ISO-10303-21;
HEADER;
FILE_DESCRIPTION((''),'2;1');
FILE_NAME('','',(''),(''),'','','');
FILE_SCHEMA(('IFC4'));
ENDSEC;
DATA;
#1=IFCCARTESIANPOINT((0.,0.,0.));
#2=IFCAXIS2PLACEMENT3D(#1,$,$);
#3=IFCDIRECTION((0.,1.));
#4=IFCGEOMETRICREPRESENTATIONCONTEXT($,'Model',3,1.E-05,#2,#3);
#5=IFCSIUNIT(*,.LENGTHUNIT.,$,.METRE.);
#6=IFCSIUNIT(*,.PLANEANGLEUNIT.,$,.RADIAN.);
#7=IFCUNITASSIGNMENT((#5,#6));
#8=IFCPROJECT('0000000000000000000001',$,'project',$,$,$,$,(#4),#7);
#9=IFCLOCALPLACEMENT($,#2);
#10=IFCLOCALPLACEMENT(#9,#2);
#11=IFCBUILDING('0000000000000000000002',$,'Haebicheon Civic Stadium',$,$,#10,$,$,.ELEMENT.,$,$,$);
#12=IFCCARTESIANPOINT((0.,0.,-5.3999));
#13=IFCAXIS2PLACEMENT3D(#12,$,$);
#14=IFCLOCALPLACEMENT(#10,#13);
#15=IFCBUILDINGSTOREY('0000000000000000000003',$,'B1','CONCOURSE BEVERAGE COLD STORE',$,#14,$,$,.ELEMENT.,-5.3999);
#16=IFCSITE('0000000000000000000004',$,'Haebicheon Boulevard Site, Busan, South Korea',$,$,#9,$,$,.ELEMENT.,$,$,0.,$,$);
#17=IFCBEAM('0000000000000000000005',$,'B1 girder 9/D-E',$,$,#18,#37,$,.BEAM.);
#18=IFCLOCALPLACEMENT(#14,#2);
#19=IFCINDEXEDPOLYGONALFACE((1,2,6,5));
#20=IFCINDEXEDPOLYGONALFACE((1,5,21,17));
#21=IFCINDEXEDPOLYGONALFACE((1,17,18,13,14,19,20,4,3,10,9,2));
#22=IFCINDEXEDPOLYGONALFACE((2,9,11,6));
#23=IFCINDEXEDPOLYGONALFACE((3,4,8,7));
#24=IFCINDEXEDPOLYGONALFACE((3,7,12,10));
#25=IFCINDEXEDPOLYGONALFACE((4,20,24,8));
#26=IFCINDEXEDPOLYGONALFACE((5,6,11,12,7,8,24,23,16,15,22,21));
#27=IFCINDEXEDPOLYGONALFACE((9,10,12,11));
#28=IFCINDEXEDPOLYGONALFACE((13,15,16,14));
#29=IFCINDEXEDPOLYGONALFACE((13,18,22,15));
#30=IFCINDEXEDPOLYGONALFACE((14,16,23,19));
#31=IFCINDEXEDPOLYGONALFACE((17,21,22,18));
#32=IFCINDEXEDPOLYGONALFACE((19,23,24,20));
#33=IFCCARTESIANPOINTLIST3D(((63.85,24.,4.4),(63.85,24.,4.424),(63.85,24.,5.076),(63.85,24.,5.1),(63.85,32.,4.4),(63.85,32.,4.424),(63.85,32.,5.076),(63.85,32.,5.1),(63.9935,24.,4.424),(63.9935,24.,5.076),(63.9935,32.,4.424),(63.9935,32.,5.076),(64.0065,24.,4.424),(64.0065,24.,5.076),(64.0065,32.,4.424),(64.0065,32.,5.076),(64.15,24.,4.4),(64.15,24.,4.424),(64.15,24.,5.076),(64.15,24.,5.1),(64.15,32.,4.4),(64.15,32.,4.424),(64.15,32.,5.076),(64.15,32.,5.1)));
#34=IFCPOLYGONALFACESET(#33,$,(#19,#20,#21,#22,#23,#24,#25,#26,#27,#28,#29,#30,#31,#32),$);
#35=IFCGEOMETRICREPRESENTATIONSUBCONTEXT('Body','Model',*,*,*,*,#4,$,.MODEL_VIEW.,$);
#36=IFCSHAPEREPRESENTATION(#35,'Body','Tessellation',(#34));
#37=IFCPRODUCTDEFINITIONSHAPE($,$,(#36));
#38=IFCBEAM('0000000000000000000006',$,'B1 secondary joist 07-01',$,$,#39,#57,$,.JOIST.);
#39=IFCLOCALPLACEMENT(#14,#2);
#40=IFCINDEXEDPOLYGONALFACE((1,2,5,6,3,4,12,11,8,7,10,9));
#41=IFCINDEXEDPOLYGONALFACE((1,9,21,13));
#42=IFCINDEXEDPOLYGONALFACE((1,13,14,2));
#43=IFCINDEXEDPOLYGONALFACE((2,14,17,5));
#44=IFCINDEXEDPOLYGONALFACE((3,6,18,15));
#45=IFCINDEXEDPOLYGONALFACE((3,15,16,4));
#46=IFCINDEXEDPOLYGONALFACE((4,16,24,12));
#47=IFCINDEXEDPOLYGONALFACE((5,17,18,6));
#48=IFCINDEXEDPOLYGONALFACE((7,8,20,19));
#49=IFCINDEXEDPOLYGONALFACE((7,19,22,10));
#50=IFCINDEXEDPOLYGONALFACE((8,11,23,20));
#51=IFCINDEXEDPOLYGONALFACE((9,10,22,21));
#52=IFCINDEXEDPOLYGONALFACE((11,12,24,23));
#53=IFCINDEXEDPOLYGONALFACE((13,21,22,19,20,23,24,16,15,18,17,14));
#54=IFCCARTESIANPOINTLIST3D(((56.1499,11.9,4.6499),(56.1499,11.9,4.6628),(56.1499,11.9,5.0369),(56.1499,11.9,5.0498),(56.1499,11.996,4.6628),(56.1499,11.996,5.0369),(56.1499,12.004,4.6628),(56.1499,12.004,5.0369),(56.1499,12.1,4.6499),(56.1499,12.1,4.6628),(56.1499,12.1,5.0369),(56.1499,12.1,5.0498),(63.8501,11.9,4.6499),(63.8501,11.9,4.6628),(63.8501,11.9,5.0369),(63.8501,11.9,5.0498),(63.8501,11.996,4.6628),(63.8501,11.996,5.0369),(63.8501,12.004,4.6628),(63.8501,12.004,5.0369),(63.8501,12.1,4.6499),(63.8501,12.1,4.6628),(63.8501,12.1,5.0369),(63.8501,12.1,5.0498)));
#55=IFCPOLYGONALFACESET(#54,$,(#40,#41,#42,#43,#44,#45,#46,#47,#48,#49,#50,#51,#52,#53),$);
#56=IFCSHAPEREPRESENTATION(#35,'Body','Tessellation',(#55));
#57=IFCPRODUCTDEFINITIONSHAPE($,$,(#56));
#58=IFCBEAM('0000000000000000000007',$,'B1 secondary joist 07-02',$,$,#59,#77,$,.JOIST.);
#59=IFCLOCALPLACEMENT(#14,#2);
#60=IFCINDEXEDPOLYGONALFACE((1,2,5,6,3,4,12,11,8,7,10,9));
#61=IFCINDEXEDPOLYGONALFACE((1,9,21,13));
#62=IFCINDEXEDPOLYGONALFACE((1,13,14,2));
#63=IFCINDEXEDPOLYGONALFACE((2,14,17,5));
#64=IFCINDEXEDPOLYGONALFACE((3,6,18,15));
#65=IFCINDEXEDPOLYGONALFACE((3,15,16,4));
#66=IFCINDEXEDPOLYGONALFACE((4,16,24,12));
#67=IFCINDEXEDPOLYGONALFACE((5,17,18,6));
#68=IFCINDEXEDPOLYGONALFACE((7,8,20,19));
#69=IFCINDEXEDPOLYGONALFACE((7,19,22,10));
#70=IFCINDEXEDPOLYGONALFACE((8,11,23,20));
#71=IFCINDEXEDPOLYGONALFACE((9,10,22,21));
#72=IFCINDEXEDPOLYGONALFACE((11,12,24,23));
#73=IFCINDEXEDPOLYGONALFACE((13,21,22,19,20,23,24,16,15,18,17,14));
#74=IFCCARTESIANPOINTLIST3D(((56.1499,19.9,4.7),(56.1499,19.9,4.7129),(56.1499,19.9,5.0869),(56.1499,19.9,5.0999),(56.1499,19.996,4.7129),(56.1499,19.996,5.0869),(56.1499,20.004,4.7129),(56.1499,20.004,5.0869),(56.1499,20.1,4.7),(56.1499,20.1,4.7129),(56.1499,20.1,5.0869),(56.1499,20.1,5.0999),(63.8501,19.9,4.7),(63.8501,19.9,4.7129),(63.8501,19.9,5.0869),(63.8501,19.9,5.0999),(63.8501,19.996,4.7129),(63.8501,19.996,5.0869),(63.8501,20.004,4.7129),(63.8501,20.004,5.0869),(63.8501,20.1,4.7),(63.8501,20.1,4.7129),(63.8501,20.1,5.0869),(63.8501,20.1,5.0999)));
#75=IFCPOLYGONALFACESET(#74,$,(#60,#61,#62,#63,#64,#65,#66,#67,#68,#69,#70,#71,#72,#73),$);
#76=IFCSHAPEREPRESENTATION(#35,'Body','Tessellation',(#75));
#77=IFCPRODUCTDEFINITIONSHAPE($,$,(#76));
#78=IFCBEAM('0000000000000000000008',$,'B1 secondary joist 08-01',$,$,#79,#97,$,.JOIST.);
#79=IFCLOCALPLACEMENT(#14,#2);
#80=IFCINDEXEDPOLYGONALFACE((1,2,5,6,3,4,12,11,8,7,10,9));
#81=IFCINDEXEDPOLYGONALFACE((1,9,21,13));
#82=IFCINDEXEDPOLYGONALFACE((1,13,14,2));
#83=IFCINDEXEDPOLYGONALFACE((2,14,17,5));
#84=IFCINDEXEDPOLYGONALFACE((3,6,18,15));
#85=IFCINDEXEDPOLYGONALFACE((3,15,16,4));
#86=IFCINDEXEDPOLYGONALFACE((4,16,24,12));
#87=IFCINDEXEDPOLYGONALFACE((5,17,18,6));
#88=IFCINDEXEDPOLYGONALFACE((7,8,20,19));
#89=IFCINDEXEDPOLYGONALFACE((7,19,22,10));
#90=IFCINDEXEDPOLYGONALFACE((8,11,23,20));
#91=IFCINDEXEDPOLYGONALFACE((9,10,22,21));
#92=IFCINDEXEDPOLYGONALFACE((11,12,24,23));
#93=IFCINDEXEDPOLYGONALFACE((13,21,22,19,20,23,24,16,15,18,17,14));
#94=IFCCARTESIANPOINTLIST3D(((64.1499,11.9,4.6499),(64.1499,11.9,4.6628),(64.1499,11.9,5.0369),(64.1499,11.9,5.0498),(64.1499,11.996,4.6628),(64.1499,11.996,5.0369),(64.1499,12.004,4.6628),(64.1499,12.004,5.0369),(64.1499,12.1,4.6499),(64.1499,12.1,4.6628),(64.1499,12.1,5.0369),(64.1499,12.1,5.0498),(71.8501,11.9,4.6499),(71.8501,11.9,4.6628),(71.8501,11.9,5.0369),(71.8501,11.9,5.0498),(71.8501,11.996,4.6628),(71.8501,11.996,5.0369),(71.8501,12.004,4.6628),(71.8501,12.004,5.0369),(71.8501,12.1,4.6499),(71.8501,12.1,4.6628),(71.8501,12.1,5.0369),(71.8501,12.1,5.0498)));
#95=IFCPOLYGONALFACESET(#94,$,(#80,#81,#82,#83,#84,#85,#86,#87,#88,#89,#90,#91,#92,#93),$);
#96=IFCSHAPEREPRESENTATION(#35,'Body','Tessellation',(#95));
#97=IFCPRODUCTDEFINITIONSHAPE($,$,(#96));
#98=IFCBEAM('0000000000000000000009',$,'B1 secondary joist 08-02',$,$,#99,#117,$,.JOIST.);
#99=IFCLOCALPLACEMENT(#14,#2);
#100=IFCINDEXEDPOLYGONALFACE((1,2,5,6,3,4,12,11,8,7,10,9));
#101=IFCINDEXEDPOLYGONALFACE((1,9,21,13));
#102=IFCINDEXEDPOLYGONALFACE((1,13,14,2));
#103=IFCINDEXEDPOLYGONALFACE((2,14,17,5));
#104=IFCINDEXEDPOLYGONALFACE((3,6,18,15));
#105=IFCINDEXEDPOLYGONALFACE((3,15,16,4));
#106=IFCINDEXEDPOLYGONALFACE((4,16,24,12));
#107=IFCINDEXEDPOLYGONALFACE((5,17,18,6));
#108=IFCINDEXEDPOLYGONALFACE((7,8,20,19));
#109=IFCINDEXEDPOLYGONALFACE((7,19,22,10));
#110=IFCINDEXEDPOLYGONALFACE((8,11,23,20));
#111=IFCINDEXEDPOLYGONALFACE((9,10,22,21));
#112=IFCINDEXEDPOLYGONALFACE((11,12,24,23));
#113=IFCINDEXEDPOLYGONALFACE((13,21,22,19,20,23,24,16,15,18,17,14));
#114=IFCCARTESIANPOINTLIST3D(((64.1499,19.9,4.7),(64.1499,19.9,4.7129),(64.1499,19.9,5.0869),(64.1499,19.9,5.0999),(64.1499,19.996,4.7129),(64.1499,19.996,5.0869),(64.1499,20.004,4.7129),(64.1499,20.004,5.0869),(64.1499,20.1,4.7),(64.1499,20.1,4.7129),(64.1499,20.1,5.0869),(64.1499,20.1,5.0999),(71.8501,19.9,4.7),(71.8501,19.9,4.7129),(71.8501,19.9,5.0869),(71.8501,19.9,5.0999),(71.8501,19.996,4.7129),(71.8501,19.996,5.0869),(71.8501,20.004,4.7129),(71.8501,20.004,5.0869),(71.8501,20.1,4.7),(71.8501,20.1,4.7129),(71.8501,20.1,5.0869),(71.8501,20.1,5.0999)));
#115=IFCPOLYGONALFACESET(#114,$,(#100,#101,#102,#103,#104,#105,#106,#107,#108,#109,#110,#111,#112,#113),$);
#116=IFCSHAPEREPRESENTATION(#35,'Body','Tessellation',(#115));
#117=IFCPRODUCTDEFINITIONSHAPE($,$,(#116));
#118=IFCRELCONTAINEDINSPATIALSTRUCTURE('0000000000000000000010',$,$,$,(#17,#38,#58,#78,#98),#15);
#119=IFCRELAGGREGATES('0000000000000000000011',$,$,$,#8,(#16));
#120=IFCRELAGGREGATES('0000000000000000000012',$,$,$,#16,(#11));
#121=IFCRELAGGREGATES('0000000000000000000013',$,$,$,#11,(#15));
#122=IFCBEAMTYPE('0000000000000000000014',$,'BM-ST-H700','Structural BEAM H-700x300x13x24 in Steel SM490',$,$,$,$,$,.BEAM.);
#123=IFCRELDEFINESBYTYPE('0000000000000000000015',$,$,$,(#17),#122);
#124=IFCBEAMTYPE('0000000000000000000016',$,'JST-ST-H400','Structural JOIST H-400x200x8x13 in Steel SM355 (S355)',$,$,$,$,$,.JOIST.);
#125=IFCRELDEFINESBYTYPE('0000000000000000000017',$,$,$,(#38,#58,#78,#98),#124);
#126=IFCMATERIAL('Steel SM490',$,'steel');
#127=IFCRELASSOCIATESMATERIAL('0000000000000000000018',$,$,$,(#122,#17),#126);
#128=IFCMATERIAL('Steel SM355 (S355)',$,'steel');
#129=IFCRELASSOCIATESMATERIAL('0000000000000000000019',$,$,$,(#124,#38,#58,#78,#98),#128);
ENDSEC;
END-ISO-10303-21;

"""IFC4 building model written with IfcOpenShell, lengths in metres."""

from ifc_helpers import new_model, si_unit, direction, frame, origin, origin_2d, place, context, subcontext, project, spatial, i_section, extrude, material, material_profile, profile_set, type_object, element, save


model = new_model("IFC4")

# Units and contexts
model_context = context("Model", 3, precision=1e-05, world=origin(), true_north=direction((0.0, 1.0)))
body_context = subcontext(model_context, "Body", "Model", "MODEL_VIEW")
ifc_project = project(units=[si_unit("LENGTHUNIT", "METRE"), si_unit("PLANEANGLEUNIT", "RADIAN")], contexts=[model_context])

# Site, building, storey
site_placement = place(None, origin())
site = spatial("IfcSite", under=ifc_project, at=site_placement, Name="Haebicheon Boulevard Site, Busan, South Korea", CompositionType="ELEMENT", RefElevation=0.0)
building_placement = place(site_placement, origin())
building = spatial("IfcBuilding", under=site, at=building_placement, Name="Haebicheon Civic Stadium", CompositionType="ELEMENT")
storey_placement = place(building_placement, frame((0.0, 0.0, -5.3999)))
storey = spatial("IfcBuildingStorey", under=building, at=storey_placement, Name="B1", Description="CONCOURSE BEVERAGE COLD STORE", CompositionType="ELEMENT", Elevation=-5.3999)

# Beams
ifc_material_1 = material(Name="Steel SM490", Category="steel")
ifc_material_profile_1 = material_profile(ifc_material_1, i_section(OverallWidth=0.3, OverallDepth=0.7, WebThickness=0.0129, FlangeThickness=0.0239, at=origin_2d()), Name="H-700x300x13x24")
ifc_profile_set_1 = profile_set([ifc_material_profile_1], Name="Steel SM490")
beam_type_1 = type_object("IfcBeamType", Name="BM-ST-H700", Description="Structural BEAM H-700x300x13x24 in Steel SM490", PredefinedType="BEAM", material=ifc_profile_set_1)
for number, where, z_axis, x_axis, name in (
    (1, (64.0, 24.0, 4.75), (0.0, 1.0, 0.0), (-1.0, 0.0, 0.0), "B1 girder 9/D-E"),
):
    element("IfcBeam", number, at=place(storey_placement, frame(where, z_axis=z_axis, x_axis=x_axis)), inside=storey, type_object=beam_type_1, material=ifc_profile_set_1, Name=name, PredefinedType="BEAM", context=body_context, shape_type="SweptSolid", body=[
        extrude(i_section(OverallWidth=0.3, OverallDepth=0.7, WebThickness=0.0129, FlangeThickness=0.0239, at=origin_2d()), origin(), (0.0, 0.0, 1.0), 8.0),
    ])
ifc_material_2 = material(Name="Steel SM355 (S355)", Category="steel")
ifc_material_profile_2 = material_profile(ifc_material_2, i_section(OverallWidth=0.2, OverallDepth=0.3999, WebThickness=0.0081, FlangeThickness=0.0129, at=origin_2d()), Name="H-400x200x8x13")
ifc_profile_set_2 = profile_set([ifc_material_profile_2], Name="Steel SM355 (S355)")
beam_type_2 = type_object("IfcBeamType", Name="JST-ST-H400", Description="Structural JOIST H-400x200x8x13 in Steel SM355 (S355)", PredefinedType="JOIST", material=ifc_profile_set_2)
for number, where, z_axis, x_axis, name in (
    (2, (56.1499, 12.0, 4.8499), (1.0, 0.0, 0.0), (0.0, 1.0, 0.0), "B1 secondary joist 07-01"),
    (3, (56.1499, 20.0, 4.8999), (1.0, 0.0, 0.0), (0.0, 1.0, 0.0), "B1 secondary joist 07-02"),
    (4, (64.1499, 12.0, 4.8499), (1.0, 0.0, 0.0), (0.0, 1.0, 0.0), "B1 secondary joist 08-01"),
    (5, (64.1499, 20.0, 4.8999), (1.0, 0.0, 0.0), (0.0, 1.0, 0.0), "B1 secondary joist 08-02"),
):
    element("IfcBeam", number, at=place(storey_placement, frame(where, z_axis=z_axis, x_axis=x_axis)), inside=storey, type_object=beam_type_2, material=ifc_profile_set_2, Name=name, PredefinedType="JOIST", context=body_context, shape_type="SweptSolid", body=[
        extrude(i_section(OverallWidth=0.2, OverallDepth=0.3999, WebThickness=0.0081, FlangeThickness=0.0129, at=origin_2d()), origin(), (0.0, 0.0, 1.0), 7.7002),
    ])

save(model, "model.ifc")
